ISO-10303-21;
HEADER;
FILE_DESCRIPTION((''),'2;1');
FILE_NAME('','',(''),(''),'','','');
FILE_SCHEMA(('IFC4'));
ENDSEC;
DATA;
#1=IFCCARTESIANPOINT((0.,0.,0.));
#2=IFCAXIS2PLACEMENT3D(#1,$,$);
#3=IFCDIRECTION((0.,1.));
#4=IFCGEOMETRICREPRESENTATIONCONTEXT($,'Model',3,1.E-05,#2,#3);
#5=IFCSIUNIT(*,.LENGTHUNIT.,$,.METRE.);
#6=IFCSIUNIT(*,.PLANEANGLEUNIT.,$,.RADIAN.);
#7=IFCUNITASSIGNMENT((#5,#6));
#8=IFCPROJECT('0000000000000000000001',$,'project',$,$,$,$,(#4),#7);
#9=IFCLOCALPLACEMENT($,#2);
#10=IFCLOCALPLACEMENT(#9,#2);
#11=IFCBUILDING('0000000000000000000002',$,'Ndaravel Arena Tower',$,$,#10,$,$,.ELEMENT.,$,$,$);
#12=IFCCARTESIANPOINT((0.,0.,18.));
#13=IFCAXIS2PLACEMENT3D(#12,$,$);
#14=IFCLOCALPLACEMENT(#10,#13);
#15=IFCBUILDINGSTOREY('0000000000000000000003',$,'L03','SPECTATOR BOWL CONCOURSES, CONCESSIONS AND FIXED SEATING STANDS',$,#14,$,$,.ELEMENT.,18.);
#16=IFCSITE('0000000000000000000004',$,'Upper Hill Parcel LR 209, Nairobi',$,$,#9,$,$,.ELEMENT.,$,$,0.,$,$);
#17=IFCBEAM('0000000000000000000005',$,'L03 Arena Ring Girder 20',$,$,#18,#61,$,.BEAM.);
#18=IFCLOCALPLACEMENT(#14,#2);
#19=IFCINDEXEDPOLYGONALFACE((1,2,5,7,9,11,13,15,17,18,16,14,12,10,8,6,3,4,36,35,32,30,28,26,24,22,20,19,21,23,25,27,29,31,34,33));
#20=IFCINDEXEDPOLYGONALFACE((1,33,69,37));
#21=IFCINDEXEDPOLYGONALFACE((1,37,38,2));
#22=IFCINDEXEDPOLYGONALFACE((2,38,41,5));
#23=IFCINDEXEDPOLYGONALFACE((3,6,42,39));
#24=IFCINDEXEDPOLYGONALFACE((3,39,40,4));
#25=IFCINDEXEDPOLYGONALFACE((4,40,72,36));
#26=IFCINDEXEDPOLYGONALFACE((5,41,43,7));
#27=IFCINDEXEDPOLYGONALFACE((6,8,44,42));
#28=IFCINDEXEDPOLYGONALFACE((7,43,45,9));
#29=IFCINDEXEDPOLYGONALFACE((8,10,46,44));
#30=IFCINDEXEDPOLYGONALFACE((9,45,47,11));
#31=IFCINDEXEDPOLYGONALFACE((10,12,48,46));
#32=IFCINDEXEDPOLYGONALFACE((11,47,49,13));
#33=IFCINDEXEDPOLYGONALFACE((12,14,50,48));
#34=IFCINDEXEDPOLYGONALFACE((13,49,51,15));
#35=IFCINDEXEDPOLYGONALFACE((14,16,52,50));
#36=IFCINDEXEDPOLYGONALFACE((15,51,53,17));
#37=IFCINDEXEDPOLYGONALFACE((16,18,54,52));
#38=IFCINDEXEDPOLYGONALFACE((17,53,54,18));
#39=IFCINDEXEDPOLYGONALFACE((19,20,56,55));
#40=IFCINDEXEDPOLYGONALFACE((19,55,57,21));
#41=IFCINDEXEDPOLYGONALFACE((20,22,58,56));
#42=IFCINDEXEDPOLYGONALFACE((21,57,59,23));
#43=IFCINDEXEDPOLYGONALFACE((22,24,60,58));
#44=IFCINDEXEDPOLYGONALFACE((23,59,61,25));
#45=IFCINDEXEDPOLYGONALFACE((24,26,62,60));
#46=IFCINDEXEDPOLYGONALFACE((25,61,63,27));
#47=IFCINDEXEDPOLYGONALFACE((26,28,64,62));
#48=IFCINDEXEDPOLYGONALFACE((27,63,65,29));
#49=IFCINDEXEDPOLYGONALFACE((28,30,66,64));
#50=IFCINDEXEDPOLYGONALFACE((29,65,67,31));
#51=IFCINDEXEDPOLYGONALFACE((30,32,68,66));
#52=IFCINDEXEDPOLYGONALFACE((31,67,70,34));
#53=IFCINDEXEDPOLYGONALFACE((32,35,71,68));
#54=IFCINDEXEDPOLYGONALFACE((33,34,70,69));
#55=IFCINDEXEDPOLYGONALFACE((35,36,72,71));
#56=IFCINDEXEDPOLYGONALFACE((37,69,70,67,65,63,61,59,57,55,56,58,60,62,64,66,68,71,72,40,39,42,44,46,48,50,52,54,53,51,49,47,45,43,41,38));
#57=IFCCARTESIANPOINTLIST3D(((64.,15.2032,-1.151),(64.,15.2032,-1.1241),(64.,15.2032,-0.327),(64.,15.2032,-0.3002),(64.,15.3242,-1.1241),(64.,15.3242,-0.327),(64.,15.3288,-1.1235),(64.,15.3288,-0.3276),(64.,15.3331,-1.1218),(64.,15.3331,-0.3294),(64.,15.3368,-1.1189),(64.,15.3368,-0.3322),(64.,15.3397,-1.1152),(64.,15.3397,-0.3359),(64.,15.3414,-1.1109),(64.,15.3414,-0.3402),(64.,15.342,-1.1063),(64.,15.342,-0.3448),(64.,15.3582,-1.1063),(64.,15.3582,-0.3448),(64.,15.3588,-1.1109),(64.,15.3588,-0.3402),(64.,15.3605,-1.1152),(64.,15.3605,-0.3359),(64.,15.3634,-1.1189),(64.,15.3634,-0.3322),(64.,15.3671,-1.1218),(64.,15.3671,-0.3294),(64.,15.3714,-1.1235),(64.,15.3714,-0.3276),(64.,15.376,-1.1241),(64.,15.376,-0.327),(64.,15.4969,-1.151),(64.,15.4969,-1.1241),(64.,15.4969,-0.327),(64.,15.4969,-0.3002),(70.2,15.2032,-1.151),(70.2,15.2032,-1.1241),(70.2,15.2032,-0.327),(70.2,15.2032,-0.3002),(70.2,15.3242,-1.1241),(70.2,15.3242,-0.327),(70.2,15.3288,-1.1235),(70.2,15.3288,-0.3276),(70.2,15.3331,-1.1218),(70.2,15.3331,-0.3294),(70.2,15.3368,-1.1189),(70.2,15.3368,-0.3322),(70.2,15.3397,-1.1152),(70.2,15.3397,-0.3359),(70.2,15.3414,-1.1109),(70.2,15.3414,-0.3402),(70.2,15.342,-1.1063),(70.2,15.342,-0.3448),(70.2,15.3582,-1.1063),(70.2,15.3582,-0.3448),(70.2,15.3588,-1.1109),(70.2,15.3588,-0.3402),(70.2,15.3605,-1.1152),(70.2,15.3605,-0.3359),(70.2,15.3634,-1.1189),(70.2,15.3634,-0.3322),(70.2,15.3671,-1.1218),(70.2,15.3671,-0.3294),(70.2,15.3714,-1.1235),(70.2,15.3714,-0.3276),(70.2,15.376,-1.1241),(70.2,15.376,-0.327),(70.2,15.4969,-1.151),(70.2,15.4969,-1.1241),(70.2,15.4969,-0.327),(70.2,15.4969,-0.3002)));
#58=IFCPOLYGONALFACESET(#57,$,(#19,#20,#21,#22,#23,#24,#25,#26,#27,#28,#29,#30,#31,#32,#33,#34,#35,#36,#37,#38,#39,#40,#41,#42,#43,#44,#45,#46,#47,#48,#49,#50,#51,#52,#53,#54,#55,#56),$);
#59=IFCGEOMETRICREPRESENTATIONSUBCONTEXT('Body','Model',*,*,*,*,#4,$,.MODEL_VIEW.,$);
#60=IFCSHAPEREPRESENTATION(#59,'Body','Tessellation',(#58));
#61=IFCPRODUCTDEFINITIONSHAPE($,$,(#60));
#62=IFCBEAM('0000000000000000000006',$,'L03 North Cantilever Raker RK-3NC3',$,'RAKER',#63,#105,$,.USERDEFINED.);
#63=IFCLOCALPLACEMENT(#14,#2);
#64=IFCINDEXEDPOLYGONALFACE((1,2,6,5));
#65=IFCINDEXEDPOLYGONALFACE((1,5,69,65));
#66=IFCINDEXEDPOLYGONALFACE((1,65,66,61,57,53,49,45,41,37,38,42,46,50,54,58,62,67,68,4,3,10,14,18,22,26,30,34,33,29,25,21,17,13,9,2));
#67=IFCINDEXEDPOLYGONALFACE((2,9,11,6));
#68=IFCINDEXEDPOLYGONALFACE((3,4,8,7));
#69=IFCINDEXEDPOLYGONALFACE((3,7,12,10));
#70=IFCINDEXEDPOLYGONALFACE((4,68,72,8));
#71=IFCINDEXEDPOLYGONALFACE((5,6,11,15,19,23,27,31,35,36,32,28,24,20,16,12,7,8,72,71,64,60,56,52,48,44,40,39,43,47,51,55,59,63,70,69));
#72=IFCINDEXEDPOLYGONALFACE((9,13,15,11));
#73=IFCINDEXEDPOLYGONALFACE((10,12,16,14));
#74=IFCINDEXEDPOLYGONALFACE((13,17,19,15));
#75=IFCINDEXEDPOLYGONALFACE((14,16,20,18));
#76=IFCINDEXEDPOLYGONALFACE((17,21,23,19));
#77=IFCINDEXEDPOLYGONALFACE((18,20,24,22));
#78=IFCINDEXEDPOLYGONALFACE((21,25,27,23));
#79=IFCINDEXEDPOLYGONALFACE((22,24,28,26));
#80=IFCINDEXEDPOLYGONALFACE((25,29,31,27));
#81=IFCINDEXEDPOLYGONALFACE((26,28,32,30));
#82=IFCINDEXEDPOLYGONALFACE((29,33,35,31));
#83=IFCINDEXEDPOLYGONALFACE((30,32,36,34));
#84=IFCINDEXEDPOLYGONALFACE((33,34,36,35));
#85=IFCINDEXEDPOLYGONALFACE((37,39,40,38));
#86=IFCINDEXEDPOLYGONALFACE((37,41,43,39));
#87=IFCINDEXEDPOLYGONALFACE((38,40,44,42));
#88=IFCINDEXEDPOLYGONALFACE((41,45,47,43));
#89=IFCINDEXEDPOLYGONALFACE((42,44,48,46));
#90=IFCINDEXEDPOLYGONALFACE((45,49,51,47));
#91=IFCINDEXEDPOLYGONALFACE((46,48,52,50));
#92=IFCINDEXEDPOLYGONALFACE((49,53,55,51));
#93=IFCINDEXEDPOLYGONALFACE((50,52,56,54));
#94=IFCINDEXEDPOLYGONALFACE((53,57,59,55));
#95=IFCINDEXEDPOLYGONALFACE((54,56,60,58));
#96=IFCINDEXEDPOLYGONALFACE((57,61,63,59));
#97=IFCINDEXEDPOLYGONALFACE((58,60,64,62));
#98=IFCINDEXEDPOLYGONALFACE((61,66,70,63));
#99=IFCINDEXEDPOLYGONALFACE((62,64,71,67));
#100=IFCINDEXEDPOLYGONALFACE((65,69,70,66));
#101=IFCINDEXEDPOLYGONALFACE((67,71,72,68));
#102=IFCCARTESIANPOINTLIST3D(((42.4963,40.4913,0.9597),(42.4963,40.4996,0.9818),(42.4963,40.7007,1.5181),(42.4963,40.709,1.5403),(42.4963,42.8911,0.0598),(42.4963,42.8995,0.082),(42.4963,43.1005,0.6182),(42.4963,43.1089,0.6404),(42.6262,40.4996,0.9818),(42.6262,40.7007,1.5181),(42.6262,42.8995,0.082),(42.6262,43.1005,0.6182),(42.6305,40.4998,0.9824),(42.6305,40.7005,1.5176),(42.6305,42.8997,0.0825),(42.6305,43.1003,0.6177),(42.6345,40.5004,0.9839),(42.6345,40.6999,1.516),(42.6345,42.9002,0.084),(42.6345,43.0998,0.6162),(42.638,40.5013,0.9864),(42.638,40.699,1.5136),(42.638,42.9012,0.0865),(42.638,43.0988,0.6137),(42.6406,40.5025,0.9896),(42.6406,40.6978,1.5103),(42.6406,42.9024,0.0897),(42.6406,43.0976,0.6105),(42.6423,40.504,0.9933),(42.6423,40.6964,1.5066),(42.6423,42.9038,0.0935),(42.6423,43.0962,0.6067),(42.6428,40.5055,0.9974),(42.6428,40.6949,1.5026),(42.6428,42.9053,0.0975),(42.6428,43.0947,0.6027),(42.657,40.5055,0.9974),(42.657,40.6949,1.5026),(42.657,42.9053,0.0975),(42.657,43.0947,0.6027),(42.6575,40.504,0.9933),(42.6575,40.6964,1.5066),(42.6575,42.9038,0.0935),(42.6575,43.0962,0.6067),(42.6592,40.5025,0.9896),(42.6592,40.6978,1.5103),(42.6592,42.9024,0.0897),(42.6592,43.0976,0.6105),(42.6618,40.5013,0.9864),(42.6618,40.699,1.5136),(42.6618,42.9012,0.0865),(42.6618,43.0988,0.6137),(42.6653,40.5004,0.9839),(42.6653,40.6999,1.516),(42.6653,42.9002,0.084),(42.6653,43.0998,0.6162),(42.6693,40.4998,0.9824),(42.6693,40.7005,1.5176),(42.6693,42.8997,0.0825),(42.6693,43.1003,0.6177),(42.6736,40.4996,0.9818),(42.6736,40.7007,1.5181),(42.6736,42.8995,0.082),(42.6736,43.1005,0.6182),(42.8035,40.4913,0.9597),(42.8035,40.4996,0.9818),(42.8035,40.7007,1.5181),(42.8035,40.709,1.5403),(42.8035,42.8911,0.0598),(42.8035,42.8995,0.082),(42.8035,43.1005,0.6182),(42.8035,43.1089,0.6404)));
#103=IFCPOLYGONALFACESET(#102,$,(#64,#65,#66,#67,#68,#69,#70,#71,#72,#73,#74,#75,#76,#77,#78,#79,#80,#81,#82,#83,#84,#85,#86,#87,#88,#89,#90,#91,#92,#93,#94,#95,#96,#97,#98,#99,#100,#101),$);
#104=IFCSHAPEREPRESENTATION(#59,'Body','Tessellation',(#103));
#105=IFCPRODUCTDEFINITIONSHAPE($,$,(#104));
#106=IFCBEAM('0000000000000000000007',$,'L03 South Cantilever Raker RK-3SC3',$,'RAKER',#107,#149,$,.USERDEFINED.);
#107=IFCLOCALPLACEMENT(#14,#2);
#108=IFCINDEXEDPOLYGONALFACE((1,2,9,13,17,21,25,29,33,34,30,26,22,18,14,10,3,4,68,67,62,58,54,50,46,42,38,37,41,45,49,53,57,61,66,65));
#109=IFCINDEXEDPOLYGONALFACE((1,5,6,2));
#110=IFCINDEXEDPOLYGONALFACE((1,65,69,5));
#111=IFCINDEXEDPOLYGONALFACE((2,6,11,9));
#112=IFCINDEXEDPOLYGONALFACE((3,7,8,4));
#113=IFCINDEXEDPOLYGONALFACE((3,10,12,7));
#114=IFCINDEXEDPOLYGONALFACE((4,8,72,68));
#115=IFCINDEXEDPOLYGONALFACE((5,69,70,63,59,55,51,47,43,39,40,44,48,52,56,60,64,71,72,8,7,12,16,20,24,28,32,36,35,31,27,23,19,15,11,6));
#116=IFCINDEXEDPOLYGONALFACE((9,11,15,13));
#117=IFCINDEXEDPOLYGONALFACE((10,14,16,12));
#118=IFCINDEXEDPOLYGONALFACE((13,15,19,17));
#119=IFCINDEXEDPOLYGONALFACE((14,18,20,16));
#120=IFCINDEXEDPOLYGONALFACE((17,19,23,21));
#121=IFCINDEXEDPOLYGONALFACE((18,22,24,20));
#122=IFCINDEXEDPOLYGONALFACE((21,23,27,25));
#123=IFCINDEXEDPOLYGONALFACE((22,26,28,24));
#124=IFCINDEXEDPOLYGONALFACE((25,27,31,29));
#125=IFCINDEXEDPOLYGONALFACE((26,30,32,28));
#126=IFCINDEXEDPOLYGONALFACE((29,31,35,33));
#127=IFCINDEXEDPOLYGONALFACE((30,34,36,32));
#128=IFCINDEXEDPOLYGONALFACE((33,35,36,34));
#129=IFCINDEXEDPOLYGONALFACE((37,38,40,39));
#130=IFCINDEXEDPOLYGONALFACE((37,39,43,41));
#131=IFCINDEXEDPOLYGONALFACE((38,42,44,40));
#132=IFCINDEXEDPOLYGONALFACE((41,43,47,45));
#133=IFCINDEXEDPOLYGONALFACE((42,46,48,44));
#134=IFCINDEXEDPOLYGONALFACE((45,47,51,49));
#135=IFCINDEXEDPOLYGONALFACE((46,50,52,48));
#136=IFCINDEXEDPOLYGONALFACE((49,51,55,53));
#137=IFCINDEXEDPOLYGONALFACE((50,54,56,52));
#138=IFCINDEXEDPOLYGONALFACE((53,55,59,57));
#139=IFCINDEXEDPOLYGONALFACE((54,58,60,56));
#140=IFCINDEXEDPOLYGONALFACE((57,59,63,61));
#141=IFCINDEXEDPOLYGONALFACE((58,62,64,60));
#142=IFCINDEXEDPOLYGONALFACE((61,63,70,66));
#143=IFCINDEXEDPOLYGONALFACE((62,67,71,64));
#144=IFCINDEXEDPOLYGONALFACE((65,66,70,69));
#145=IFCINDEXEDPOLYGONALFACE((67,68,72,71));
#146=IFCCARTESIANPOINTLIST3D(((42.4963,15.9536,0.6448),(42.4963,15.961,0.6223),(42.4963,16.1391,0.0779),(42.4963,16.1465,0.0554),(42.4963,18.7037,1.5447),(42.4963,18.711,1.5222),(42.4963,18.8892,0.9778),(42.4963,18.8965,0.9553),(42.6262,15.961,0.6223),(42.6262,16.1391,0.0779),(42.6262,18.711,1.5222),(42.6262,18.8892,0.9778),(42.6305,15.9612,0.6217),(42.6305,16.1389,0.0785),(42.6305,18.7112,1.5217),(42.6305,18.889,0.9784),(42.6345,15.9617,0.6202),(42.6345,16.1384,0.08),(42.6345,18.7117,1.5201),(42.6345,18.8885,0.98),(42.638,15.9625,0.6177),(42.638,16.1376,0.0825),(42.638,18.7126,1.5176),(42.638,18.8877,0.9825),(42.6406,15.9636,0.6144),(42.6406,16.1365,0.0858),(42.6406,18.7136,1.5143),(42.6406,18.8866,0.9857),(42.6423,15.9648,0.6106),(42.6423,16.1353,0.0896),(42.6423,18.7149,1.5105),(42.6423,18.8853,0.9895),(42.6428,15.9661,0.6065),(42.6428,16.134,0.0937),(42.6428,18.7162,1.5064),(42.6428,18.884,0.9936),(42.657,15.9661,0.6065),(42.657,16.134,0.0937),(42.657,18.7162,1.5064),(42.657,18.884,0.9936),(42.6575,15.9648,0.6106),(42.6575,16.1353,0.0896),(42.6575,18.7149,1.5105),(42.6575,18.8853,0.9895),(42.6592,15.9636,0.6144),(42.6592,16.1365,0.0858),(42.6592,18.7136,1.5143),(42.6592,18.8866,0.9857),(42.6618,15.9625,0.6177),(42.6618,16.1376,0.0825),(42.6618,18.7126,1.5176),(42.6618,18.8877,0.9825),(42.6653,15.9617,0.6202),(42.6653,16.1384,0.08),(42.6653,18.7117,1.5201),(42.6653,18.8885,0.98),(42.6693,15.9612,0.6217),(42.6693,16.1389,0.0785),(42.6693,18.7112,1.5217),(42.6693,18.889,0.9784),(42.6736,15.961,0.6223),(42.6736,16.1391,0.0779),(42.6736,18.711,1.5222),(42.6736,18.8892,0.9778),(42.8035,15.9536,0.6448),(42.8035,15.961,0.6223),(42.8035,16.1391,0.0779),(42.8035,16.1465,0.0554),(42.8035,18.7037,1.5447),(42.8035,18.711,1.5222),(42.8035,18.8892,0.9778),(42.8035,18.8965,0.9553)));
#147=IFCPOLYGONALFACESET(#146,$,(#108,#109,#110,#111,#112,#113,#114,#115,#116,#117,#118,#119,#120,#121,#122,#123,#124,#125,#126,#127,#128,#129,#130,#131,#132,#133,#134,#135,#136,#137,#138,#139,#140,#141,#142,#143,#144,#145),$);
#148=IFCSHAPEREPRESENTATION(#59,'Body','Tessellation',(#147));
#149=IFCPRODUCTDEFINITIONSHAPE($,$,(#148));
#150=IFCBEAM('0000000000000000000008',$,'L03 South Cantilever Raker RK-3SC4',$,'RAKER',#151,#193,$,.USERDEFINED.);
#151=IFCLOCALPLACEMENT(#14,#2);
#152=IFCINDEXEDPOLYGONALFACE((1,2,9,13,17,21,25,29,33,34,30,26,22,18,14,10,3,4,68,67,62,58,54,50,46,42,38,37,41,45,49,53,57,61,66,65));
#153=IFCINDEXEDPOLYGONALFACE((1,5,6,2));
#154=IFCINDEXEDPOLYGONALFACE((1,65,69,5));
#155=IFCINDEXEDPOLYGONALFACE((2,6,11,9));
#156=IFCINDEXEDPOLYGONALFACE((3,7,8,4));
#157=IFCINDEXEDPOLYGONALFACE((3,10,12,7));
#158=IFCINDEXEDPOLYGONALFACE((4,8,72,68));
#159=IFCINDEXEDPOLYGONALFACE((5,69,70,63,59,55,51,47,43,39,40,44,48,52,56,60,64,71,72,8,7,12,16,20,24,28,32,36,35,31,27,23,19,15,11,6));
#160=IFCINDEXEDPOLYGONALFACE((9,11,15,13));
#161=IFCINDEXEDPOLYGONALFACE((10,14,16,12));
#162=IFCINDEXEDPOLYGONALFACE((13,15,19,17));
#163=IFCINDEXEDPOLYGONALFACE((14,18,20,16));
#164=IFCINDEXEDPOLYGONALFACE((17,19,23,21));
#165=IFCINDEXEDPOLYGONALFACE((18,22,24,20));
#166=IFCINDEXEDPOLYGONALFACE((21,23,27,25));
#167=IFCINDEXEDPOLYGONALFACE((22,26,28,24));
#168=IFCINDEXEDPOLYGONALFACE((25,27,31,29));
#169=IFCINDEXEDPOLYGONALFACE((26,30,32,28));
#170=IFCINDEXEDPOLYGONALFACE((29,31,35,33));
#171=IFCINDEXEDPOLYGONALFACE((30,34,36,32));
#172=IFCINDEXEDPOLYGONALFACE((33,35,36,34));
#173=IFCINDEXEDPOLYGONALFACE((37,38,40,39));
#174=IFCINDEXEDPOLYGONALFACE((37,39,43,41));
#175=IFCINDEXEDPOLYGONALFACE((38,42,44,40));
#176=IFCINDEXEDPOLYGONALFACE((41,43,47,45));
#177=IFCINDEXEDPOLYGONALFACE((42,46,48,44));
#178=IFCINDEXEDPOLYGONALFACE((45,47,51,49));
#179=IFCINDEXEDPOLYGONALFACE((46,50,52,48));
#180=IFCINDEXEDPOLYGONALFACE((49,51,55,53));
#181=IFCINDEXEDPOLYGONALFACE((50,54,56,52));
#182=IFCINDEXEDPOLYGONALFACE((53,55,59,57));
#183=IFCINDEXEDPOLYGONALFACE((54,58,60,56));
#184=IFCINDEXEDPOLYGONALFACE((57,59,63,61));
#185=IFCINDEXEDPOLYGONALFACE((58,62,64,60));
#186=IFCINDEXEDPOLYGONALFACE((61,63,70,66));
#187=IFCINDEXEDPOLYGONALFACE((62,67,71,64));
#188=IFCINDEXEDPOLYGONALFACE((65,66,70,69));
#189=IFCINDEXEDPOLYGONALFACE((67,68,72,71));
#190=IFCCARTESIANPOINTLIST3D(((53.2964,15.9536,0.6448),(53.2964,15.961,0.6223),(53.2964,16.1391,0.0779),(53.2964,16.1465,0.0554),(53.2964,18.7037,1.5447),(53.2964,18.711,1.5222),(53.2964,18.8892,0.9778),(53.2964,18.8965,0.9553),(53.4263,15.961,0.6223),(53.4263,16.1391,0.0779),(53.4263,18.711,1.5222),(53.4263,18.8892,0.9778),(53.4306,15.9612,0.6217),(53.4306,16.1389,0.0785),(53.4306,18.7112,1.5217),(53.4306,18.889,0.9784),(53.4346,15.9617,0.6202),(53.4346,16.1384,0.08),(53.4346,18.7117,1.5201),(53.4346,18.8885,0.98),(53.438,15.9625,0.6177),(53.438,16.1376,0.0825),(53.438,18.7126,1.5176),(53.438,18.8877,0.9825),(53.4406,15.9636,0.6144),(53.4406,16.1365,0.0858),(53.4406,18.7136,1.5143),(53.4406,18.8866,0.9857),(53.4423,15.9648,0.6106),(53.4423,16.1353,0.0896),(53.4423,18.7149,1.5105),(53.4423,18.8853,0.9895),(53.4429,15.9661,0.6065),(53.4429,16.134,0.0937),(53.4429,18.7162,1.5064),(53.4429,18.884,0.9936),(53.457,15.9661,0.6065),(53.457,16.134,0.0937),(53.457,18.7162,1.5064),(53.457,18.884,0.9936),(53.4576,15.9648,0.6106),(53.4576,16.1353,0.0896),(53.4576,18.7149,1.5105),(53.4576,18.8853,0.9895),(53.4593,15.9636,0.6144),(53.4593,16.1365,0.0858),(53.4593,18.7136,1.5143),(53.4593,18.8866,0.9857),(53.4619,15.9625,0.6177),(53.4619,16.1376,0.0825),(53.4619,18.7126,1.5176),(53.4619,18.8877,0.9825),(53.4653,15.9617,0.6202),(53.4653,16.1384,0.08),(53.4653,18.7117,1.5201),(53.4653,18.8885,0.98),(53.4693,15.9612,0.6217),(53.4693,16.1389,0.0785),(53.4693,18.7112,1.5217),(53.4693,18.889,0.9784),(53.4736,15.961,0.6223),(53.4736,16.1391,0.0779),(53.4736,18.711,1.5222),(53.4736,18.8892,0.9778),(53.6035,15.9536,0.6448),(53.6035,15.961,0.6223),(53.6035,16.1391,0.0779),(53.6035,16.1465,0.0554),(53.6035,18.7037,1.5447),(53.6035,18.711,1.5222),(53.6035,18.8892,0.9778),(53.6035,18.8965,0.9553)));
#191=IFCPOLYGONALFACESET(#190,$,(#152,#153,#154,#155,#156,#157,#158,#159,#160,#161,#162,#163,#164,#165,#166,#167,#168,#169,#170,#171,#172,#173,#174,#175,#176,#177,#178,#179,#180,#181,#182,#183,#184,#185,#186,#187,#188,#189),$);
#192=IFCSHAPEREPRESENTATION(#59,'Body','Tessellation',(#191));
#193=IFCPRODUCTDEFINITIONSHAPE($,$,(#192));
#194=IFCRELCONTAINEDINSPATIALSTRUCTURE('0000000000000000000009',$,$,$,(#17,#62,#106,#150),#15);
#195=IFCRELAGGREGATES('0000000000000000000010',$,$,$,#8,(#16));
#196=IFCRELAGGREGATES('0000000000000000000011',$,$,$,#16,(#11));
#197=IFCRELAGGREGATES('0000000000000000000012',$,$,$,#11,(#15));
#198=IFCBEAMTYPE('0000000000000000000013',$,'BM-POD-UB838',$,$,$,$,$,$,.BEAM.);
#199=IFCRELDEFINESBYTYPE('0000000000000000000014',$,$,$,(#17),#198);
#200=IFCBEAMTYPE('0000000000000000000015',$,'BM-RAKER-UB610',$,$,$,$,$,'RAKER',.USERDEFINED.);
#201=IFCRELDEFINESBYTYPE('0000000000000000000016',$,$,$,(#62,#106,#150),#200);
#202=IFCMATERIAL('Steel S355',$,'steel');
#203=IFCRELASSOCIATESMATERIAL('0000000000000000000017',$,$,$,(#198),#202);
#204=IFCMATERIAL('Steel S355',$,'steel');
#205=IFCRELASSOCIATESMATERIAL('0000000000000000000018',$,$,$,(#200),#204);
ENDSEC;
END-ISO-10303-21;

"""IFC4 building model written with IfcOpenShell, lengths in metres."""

from ifc_helpers import new_model, si_unit, direction, frame, origin, origin_2d, place, context, subcontext, project, spatial, i_section, extrude, material, material_profile, profile_set, type_object, element, save


model = new_model("IFC4")

# Units and contexts
model_context = context("Model", 3, precision=1e-05, world=origin(), true_north=direction((0.0, 1.0)))
body_context = subcontext(model_context, "Body", "Model", "MODEL_VIEW")
ifc_project = project(units=[si_unit("LENGTHUNIT", "METRE"), si_unit("PLANEANGLEUNIT", "RADIAN")], contexts=[model_context])

# Site, building, storey
site_placement = place(None, origin())
site = spatial("IfcSite", under=ifc_project, at=site_placement, Name="Upper Hill Parcel LR 209, Nairobi", CompositionType="ELEMENT", RefElevation=0.0)
building_placement = place(site_placement, origin())
building = spatial("IfcBuilding", under=site, at=building_placement, Name="Ndaravel Arena Tower", CompositionType="ELEMENT")
storey_placement = place(building_placement, frame((0.0, 0.0, 18.0)))
storey = spatial("IfcBuildingStorey", under=building, at=storey_placement, Name="L03", Description="SPECTATOR BOWL CONCOURSES, CONCESSIONS AND FIXED SEATING STANDS", CompositionType="ELEMENT", Elevation=18.0)

# Beams
ifc_material_1 = material(Name="Steel S355", Category="steel")
ifc_material_profile_1 = material_profile(ifc_material_1, i_section(OverallWidth=0.2937, OverallDepth=0.8508, WebThickness=0.0161, FlangeThickness=0.0269, FilletRadius=0.0178, at=origin_2d()), Name="UB 838x292x226")
ifc_profile_set_1 = profile_set([ifc_material_profile_1], Name="Steel S355")
beam_type_1 = type_object("IfcBeamType", Name="BM-POD-UB838", PredefinedType="BEAM", material=ifc_profile_set_1)
beam_1_placement = place(storey_placement, frame((64.0, 15.3501, -0.7256), z_axis=(1.0, 0.0, 0.0), x_axis=(0.0, 1.0, 0.0)))
element("IfcBeam", 1, at=beam_1_placement, inside=storey, type_object=beam_type_1, Name="L03 Arena Ring Girder 20", PredefinedType="BEAM", context=body_context, shape_type="SweptSolid", body=[
    extrude(i_section(OverallWidth=0.2937, OverallDepth=0.8508, WebThickness=0.0161, FlangeThickness=0.0269, FilletRadius=0.0178, at=origin_2d()), origin(), (0.0, 0.0, 1.0), 6.2),
])
ifc_material_2 = material(Name="Steel S355", Category="steel")
ifc_material_profile_2 = material_profile(ifc_material_2, i_section(OverallWidth=0.3071, OverallDepth=0.6201, WebThickness=0.0142, FlangeThickness=0.0237, FilletRadius=0.0166, at=origin_2d()), Name="UB 610x305x179")
ifc_profile_set_2 = profile_set([ifc_material_profile_2], Name="Steel S355")
beam_type_2 = type_object("IfcBeamType", Name="BM-RAKER-UB610", ElementType="RAKER", PredefinedType="USERDEFINED", material=ifc_profile_set_2)
beam_2_placement = place(storey_placement, frame((42.6499, 43.0, 0.3501), z_axis=(0.0, -0.936337, 0.351103), x_axis=(1.0, 0.0, 0.0)))
element("IfcBeam", 2, at=beam_2_placement, inside=storey, type_object=beam_type_2, Name="L03 North Cantilever Raker RK-3NC3", ObjectType="RAKER", PredefinedType="USERDEFINED", context=body_context, shape_type="SweptSolid", body=[
    extrude(i_section(OverallWidth=0.3071, OverallDepth=0.6201, WebThickness=0.0142, FlangeThickness=0.0237, FilletRadius=0.0166, at=origin_2d()), origin(), (0.0, 0.0, 1.0), 2.563),
])
for number, where, z_axis, x_axis, name in (
    (3, (42.6499, 16.05, 0.3501), (0.0, 0.950407, 0.311009), (-1.0, 0.0, 0.0), "L03 South Cantilever Raker RK-3SC3"),
    (4, (53.45, 16.05, 0.3501), (0.0, 0.950407, 0.311009), (-1.0, 0.0, 0.0), "L03 South Cantilever Raker RK-3SC4"),
):
    element("IfcBeam", number, at=place(storey_placement, frame(where, z_axis=z_axis, x_axis=x_axis)), inside=storey, type_object=beam_type_2, Name=name, ObjectType="RAKER", PredefinedType="USERDEFINED", context=body_context, shape_type="SweptSolid", body=[
        extrude(i_section(OverallWidth=0.3071, OverallDepth=0.6201, WebThickness=0.0142, FlangeThickness=0.0237, FilletRadius=0.0166, at=origin_2d()), origin(), (0.0, 0.0, 1.0), 2.8936),
    ])

save(model, "model.ifc")
